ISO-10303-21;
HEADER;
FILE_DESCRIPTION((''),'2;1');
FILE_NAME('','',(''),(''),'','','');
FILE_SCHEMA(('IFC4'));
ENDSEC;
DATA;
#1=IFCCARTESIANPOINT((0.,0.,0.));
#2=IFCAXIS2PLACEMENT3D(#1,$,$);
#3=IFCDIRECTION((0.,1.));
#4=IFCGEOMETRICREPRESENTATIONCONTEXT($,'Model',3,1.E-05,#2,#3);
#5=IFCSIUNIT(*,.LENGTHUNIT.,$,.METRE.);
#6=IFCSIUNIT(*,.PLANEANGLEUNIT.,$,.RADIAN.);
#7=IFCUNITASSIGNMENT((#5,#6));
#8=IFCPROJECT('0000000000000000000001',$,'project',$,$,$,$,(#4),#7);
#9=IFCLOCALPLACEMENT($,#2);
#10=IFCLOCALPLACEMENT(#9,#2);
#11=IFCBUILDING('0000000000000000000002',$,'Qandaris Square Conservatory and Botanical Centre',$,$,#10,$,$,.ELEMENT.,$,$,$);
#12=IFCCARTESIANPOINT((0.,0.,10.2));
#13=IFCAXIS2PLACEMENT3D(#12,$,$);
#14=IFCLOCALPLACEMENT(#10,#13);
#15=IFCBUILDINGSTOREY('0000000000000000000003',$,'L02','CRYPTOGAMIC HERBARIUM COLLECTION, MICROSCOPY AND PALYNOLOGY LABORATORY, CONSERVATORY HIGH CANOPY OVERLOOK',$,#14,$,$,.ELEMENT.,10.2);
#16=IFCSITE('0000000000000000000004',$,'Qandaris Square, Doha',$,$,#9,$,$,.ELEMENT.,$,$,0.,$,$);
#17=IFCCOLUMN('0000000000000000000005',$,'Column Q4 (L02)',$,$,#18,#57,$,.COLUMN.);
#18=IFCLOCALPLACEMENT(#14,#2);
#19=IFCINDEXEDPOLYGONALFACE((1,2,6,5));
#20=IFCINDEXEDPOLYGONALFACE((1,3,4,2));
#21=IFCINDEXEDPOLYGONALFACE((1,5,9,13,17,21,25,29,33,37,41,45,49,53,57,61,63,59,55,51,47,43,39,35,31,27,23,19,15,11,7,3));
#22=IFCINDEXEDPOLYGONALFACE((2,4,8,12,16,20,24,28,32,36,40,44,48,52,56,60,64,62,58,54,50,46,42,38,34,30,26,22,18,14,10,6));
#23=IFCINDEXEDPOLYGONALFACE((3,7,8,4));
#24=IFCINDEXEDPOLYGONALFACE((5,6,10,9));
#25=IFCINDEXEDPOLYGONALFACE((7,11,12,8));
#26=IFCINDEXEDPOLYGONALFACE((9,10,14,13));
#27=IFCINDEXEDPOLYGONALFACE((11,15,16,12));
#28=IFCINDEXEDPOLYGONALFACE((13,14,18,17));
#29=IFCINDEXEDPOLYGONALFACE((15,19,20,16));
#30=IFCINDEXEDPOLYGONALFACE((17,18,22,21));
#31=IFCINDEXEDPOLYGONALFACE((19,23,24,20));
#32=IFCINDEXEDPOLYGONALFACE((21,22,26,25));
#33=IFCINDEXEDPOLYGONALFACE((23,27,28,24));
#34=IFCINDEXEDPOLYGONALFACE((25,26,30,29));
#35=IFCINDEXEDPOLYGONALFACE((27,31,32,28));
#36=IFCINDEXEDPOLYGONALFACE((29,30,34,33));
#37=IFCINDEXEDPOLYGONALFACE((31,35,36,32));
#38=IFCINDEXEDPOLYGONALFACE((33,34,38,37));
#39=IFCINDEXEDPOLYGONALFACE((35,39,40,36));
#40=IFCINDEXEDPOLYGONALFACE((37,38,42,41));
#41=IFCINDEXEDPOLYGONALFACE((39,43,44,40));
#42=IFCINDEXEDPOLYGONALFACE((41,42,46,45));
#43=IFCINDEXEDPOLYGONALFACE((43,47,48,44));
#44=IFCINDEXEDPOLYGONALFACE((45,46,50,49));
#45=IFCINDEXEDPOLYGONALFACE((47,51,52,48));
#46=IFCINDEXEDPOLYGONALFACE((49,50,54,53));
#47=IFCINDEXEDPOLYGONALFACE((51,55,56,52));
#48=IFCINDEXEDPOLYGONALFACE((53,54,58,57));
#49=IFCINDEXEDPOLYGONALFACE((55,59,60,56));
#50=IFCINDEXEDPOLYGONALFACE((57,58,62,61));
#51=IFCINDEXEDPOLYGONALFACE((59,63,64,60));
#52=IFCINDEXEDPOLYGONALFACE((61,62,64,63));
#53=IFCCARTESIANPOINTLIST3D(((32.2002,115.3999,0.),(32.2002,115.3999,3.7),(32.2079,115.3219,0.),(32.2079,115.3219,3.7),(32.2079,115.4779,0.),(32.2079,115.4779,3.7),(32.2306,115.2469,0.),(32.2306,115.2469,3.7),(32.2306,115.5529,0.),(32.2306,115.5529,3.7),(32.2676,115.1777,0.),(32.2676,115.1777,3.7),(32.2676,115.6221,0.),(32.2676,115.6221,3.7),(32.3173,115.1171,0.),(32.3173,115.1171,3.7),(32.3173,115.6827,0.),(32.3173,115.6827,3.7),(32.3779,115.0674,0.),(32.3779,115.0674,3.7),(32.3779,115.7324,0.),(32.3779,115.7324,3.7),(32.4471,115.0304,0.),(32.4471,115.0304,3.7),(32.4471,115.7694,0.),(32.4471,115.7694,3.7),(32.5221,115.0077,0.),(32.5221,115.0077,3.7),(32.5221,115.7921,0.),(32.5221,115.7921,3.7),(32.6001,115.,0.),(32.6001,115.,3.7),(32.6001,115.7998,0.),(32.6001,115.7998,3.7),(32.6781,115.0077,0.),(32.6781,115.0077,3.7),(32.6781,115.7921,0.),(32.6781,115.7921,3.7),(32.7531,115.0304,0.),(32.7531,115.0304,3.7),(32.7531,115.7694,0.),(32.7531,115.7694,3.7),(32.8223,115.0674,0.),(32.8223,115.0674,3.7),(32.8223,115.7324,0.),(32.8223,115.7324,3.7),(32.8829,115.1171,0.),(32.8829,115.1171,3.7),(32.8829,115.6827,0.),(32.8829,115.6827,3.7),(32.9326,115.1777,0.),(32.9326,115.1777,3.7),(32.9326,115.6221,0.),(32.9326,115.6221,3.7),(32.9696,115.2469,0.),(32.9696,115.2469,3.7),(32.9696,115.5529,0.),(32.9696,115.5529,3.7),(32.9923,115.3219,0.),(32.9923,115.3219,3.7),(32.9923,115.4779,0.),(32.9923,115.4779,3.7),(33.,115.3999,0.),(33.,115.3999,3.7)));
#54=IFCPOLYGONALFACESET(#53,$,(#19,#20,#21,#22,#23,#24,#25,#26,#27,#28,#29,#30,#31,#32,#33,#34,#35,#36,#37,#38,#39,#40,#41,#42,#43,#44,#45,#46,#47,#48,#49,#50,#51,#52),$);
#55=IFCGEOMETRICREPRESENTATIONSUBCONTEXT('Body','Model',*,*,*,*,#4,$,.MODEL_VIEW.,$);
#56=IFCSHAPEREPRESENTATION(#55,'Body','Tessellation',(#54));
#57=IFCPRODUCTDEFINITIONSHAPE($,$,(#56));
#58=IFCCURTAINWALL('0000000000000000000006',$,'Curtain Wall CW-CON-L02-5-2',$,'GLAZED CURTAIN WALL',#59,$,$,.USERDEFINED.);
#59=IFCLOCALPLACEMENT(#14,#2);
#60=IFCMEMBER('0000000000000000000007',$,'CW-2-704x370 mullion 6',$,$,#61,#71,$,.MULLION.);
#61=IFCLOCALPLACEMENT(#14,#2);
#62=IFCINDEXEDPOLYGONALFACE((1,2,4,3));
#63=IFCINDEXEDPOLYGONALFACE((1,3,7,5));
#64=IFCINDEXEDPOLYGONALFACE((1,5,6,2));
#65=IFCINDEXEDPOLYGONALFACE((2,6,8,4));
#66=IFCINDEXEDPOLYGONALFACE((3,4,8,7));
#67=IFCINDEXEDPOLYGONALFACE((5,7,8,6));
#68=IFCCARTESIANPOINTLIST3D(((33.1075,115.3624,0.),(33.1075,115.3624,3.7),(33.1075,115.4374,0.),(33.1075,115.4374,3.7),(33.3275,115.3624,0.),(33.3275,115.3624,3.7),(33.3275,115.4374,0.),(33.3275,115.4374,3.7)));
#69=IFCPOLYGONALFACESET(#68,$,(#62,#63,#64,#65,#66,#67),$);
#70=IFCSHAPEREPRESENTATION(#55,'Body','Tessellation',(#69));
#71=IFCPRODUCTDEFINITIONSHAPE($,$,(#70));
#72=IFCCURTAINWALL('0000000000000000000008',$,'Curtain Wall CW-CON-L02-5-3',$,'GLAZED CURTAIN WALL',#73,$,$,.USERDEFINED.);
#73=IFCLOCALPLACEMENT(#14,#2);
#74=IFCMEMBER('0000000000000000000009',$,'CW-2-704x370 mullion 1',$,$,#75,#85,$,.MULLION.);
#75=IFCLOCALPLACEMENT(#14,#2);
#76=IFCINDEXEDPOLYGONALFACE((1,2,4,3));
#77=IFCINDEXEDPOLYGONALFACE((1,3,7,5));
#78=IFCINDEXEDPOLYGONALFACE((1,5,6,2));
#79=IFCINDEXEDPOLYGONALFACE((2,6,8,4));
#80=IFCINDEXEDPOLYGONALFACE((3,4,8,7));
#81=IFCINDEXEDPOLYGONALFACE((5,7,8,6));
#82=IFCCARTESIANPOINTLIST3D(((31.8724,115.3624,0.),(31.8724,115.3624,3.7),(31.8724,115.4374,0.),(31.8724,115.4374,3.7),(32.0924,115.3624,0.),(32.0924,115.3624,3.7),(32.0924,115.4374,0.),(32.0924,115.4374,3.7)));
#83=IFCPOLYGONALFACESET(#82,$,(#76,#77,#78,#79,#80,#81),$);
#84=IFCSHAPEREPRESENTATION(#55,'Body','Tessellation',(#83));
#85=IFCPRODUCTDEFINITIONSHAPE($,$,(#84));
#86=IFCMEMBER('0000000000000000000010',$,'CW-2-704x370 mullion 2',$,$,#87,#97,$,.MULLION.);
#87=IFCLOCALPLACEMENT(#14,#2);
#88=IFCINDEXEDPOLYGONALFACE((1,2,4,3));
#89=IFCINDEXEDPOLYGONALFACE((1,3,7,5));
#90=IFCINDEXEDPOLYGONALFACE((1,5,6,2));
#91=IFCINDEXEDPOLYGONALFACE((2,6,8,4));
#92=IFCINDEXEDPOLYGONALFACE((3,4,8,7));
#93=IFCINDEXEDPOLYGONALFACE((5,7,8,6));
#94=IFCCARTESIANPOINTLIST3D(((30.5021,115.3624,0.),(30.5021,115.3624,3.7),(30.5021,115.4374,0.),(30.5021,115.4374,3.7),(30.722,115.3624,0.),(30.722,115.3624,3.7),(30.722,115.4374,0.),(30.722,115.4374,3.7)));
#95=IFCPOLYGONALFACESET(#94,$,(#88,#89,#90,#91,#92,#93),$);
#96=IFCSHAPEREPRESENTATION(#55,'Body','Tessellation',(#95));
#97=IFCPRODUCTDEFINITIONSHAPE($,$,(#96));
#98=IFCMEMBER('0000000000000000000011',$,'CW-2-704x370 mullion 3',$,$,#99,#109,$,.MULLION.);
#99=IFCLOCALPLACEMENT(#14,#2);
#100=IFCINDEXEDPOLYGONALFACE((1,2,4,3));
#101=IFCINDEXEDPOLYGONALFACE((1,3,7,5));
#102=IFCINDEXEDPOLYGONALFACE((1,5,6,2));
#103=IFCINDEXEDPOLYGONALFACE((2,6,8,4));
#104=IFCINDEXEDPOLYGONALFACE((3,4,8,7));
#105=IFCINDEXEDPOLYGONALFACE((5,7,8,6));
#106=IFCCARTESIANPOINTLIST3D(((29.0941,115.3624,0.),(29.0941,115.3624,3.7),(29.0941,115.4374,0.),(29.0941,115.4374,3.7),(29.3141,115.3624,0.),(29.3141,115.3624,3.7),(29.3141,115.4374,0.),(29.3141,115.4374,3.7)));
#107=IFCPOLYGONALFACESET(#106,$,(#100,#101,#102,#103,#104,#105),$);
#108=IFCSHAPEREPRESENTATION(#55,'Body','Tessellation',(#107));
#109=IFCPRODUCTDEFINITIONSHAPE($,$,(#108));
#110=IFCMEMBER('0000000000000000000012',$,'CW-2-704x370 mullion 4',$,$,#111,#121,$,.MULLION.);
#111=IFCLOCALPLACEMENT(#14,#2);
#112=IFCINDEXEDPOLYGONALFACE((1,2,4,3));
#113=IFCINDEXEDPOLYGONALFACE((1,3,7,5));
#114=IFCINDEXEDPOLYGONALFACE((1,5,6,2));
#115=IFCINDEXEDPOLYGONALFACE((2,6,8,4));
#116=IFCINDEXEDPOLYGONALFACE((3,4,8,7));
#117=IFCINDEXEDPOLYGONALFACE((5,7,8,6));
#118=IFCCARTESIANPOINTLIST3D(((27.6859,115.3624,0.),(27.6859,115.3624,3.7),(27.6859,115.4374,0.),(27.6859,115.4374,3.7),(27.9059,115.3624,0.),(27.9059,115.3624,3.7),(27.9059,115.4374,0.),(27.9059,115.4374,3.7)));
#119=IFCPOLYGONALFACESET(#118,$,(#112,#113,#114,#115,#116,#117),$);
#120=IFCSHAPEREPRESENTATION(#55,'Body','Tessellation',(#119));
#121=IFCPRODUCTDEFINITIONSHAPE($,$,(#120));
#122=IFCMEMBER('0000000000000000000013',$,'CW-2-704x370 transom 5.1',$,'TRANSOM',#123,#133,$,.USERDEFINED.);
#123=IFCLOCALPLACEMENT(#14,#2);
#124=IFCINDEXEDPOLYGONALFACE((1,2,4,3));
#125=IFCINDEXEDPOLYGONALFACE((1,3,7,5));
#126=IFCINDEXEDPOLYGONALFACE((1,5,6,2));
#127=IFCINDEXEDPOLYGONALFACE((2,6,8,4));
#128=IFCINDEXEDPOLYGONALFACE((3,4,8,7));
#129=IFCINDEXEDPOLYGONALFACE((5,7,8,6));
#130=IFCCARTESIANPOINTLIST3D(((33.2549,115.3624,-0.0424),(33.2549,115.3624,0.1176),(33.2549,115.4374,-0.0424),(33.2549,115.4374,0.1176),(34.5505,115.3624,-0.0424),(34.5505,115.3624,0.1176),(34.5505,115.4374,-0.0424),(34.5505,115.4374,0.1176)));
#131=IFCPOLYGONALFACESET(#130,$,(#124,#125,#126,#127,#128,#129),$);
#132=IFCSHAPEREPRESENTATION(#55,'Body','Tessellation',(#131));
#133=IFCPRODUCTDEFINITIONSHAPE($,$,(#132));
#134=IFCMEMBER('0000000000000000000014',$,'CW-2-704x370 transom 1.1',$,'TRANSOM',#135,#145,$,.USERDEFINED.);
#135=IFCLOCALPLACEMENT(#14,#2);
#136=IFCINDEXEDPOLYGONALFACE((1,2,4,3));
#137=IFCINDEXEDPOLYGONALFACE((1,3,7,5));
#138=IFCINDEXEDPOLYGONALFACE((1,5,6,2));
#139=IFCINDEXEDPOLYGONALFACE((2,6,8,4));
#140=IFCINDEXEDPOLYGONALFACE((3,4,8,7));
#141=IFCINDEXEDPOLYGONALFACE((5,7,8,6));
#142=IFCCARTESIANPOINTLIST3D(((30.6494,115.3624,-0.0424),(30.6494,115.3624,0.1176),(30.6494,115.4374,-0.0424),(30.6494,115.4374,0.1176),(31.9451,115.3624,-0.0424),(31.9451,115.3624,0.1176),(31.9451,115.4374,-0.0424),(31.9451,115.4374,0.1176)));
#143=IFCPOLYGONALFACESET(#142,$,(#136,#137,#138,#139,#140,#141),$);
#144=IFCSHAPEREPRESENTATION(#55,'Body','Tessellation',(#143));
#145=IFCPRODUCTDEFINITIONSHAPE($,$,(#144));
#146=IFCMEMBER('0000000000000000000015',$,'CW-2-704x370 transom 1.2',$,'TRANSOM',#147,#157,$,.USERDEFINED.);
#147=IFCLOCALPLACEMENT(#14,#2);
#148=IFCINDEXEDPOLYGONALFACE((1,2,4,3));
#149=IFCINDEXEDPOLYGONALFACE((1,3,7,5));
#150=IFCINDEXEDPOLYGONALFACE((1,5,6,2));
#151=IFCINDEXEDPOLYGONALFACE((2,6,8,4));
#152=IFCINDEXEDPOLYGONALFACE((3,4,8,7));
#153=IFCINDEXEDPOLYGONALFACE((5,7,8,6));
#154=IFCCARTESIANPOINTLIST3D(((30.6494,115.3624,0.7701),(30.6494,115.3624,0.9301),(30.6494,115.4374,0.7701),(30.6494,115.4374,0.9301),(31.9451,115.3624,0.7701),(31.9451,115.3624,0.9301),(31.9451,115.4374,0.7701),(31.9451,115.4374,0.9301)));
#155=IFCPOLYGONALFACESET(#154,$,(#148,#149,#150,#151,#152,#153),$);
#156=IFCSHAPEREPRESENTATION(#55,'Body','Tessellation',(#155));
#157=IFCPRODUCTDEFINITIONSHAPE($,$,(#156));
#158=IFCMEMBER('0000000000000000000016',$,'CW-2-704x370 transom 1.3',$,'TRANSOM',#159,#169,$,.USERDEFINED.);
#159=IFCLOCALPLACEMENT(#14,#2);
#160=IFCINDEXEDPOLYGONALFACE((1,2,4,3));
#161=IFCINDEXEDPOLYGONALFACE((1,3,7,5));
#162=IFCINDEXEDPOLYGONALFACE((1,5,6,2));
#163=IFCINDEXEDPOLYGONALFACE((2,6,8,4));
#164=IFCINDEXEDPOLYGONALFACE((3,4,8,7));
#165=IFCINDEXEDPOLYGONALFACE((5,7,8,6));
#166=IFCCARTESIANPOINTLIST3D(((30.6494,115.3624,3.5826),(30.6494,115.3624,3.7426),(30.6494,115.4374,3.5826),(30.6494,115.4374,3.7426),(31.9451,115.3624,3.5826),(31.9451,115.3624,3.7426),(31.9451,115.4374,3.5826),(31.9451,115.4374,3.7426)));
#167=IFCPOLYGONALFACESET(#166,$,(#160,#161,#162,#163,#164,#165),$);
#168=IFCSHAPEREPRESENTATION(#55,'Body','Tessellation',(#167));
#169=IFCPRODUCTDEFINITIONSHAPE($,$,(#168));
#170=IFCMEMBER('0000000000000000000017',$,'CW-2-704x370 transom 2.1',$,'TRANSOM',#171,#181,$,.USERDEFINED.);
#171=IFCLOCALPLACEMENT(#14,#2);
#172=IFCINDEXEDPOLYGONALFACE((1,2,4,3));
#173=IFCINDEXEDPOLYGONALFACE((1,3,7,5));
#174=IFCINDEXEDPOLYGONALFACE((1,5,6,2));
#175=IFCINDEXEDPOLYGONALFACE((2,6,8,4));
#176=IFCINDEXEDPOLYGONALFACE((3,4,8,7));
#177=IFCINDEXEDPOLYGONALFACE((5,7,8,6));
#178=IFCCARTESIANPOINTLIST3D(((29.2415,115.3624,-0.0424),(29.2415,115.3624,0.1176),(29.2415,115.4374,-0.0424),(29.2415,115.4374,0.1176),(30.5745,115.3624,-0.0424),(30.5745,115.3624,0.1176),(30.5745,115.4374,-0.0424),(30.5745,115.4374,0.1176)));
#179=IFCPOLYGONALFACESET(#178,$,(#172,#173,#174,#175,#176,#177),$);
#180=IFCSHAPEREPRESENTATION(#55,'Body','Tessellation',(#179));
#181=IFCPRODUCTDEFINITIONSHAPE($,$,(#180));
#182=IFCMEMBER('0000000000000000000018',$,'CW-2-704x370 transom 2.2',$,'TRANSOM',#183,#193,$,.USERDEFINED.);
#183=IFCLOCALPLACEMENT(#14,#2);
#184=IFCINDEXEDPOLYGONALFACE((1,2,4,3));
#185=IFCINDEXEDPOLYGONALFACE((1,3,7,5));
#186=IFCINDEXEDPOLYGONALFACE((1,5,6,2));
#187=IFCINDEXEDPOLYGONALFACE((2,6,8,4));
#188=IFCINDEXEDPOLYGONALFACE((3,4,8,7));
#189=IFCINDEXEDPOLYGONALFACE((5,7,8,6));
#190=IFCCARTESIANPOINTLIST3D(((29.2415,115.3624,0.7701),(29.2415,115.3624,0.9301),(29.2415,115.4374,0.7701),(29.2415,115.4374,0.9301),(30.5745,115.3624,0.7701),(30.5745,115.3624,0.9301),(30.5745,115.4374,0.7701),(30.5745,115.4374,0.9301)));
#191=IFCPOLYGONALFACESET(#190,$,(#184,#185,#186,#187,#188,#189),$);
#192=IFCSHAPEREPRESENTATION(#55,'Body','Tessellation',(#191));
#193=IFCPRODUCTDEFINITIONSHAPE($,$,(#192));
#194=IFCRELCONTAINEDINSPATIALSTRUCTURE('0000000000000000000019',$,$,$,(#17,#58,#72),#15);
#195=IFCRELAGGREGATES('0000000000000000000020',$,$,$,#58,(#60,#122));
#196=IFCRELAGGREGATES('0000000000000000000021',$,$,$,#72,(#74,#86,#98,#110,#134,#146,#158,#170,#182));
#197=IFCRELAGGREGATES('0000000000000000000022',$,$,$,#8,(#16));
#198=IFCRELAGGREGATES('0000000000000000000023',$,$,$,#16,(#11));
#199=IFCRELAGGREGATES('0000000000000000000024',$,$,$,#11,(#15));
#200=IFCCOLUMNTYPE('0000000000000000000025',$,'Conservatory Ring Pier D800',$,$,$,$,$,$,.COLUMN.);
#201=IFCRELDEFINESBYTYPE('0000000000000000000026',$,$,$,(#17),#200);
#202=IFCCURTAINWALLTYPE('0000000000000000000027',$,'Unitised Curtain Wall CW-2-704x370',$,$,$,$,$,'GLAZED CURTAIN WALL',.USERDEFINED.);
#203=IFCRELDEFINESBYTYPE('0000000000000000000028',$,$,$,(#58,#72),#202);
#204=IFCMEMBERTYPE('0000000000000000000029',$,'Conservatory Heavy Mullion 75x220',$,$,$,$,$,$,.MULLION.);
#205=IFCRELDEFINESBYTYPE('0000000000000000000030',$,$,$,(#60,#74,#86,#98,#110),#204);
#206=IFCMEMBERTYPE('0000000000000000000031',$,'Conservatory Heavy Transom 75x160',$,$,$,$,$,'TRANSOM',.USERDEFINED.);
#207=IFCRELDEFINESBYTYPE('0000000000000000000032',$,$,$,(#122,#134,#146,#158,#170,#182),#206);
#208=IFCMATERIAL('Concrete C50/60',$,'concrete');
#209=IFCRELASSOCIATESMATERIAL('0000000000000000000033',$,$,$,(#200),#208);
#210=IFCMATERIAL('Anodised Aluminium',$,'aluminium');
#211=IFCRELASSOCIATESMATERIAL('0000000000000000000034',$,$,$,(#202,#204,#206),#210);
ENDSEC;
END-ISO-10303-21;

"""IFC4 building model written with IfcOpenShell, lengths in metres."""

from ifc_helpers import new_model, si_unit, direction, frame, origin, origin_2d, place, context, subcontext, project, spatial, rectangle, circle, extrude, material, material_profile, profile_set, type_object, element, aggregate, save


model = new_model("IFC4")

# Units and contexts
model_context = context("Model", 3, precision=1e-05, world=origin(), true_north=direction((0.0, 1.0)))
body_context = subcontext(model_context, "Body", "Model", "MODEL_VIEW")
ifc_project = project(units=[si_unit("LENGTHUNIT", "METRE"), si_unit("PLANEANGLEUNIT", "RADIAN")], contexts=[model_context])

# Site, building, storey
site_placement = place(None, origin())
site = spatial("IfcSite", under=ifc_project, at=site_placement, Name="Qandaris Square, Doha", CompositionType="ELEMENT", RefElevation=0.0)
building_placement = place(site_placement, origin())
building = spatial("IfcBuilding", under=site, at=building_placement, Name="Qandaris Square Conservatory and Botanical Centre", CompositionType="ELEMENT")
storey_placement = place(building_placement, frame((0.0, 0.0, 10.2)))
storey = spatial("IfcBuildingStorey", under=building, at=storey_placement, Name="L02", Description="CRYPTOGAMIC HERBARIUM COLLECTION, MICROSCOPY AND PALYNOLOGY LABORATORY, CONSERVATORY HIGH CANOPY OVERLOOK", CompositionType="ELEMENT", Elevation=10.2)

# Column
ifc_material_1 = material(Name="Concrete C50/60", Category="concrete")
ifc_material_profile_1 = material_profile(ifc_material_1, circle(Radius=0.3999, at=origin_2d()), Name="RC-COL D800")
ifc_profile_set_1 = profile_set([ifc_material_profile_1], Name="Concrete C50/60")
column_type = type_object("IfcColumnType", Name="Conservatory Ring Pier D800", PredefinedType="COLUMN", material=ifc_profile_set_1)
column_placement = place(storey_placement, frame((32.6001, 115.3999, 0.0), z_axis=(0.0, 0.0, 1.0), x_axis=(1.0, 0.0, 0.0)))
element("IfcColumn", 1, at=column_placement, inside=storey, type_object=column_type, Name="Column Q4 (L02)", PredefinedType="COLUMN", context=body_context, shape_type="SweptSolid", body=[
    extrude(circle(Radius=0.3999, at=origin_2d()), origin(), (0.0, 0.0, 1.0), 3.7),
])

# Curtain wall, member
ifc_material_2 = material(Name="Anodised Aluminium", Category="aluminium")
curtain_wall_type = type_object("IfcCurtainWallType", Name="Unitised Curtain Wall CW-2-704x370", ElementType="GLAZED CURTAIN WALL", PredefinedType="USERDEFINED", material=ifc_material_2)
curtain_wall_1_placement = place(storey_placement, origin())
curtain_wall_1 = element("IfcCurtainWall", 2, at=curtain_wall_1_placement, inside=storey, type_object=curtain_wall_type, Name="Curtain Wall CW-CON-L02-5-2", ObjectType="GLAZED CURTAIN WALL", PredefinedType="USERDEFINED")
ifc_material_profile_2 = material_profile(ifc_material_2, rectangle(XDim=0.075, YDim=0.22, at=origin_2d()), Name="ALU-MUL 75x220")
ifc_profile_set_2 = profile_set([ifc_material_profile_2], Name="Anodised Aluminium")
member_type_1 = type_object("IfcMemberType", Name="Conservatory Heavy Mullion 75x220", PredefinedType="MULLION", material=ifc_profile_set_2)
member_1_placement = place(storey_placement, frame((33.2175, 115.3999, 0.0), z_axis=(0.0, 0.0, 1.0), x_axis=(0.0, -1.0, 0.0)))
member_1 = element("IfcMember", 3, at=member_1_placement, type_object=member_type_1, Name="CW-2-704x370 mullion 6", PredefinedType="MULLION", context=body_context, shape_type="SweptSolid", body=[
    extrude(rectangle(XDim=0.075, YDim=0.22, at=origin_2d()), origin(), (0.0, 0.0, 1.0), 3.7),
])

# Curtain wall, members
curtain_wall_2_placement = place(storey_placement, origin())
curtain_wall_2 = element("IfcCurtainWall", 4, at=curtain_wall_2_placement, inside=storey, type_object=curtain_wall_type, Name="Curtain Wall CW-CON-L02-5-3", ObjectType="GLAZED CURTAIN WALL", PredefinedType="USERDEFINED")
member_2_placement = place(storey_placement, frame((31.9824, 115.3999, 0.0), z_axis=(0.0, 0.0, 1.0), x_axis=(0.0, -1.0, 0.0)))
member_2 = element("IfcMember", 5, at=member_2_placement, type_object=member_type_1, Name="CW-2-704x370 mullion 1", PredefinedType="MULLION", context=body_context, shape_type="SweptSolid", body=[
    extrude(rectangle(XDim=0.075, YDim=0.22, at=origin_2d()), origin(), (0.0, 0.0, 1.0), 3.7),
])
member_3_placement = place(storey_placement, frame((30.6121, 115.3999, 0.0), z_axis=(0.0, 0.0, 1.0), x_axis=(0.0, -1.0, 0.0)))
member_3 = element("IfcMember", 6, at=member_3_placement, type_object=member_type_1, Name="CW-2-704x370 mullion 2", PredefinedType="MULLION", context=body_context, shape_type="SweptSolid", body=[
    extrude(rectangle(XDim=0.075, YDim=0.22, at=origin_2d()), origin(), (0.0, 0.0, 1.0), 3.7),
])
member_4_placement = place(storey_placement, frame((29.2041, 115.3999, 0.0), z_axis=(0.0, 0.0, 1.0), x_axis=(0.0, -1.0, 0.0)))
member_4 = element("IfcMember", 7, at=member_4_placement, type_object=member_type_1, Name="CW-2-704x370 mullion 3", PredefinedType="MULLION", context=body_context, shape_type="SweptSolid", body=[
    extrude(rectangle(XDim=0.075, YDim=0.22, at=origin_2d()), origin(), (0.0, 0.0, 1.0), 3.7),
])
member_5_placement = place(storey_placement, frame((27.7959, 115.3999, 0.0), z_axis=(0.0, 0.0, 1.0), x_axis=(0.0, -1.0, 0.0)))
member_5 = element("IfcMember", 8, at=member_5_placement, type_object=member_type_1, Name="CW-2-704x370 mullion 4", PredefinedType="MULLION", context=body_context, shape_type="SweptSolid", body=[
    extrude(rectangle(XDim=0.075, YDim=0.22, at=origin_2d()), origin(), (0.0, 0.0, 1.0), 3.7),
])

# Members
ifc_material_profile_3 = material_profile(ifc_material_2, rectangle(XDim=0.075, YDim=0.1599, at=origin_2d()), Name="ALU-TRN 75x160")
ifc_profile_set_3 = profile_set([ifc_material_profile_3], Name="Anodised Aluminium")
member_type_2 = type_object("IfcMemberType", Name="Conservatory Heavy Transom 75x160", ElementType="TRANSOM", PredefinedType="USERDEFINED", material=ifc_profile_set_3)
member_6_placement = place(storey_placement, frame((34.5505, 115.3999, 0.0376), z_axis=(-1.0, 0.0, 0.0), x_axis=(0.0, -1.0, 0.0)))
member_6 = element("IfcMember", 9, at=member_6_placement, type_object=member_type_2, Name="CW-2-704x370 transom 5.1", ObjectType="TRANSOM", PredefinedType="USERDEFINED", context=body_context, shape_type="SweptSolid", body=[
    extrude(rectangle(XDim=0.075, YDim=0.1599, at=origin_2d()), origin(), (0.0, 0.0, 1.0), 1.2957),
])
member_7_placement = place(storey_placement, frame((31.9451, 115.3999, 0.0376), z_axis=(-1.0, 0.0, 0.0), x_axis=(0.0, -1.0, 0.0)))
member_7 = element("IfcMember", 10, at=member_7_placement, type_object=member_type_2, Name="CW-2-704x370 transom 1.1", ObjectType="TRANSOM", PredefinedType="USERDEFINED", context=body_context, shape_type="SweptSolid", body=[
    extrude(rectangle(XDim=0.075, YDim=0.1599, at=origin_2d()), origin(), (0.0, 0.0, 1.0), 1.2957),
])
member_8_placement = place(storey_placement, frame((31.9451, 115.3999, 0.8501), z_axis=(-1.0, 0.0, 0.0), x_axis=(0.0, -1.0, 0.0)))
member_8 = element("IfcMember", 11, at=member_8_placement, type_object=member_type_2, Name="CW-2-704x370 transom 1.2", ObjectType="TRANSOM", PredefinedType="USERDEFINED", context=body_context, shape_type="SweptSolid", body=[
    extrude(rectangle(XDim=0.075, YDim=0.1599, at=origin_2d()), origin(), (0.0, 0.0, 1.0), 1.2957),
])
member_9_placement = place(storey_placement, frame((31.9451, 115.3999, 3.6626), z_axis=(-1.0, 0.0, 0.0), x_axis=(0.0, -1.0, 0.0)))
member_9 = element("IfcMember", 12, at=member_9_placement, type_object=member_type_2, Name="CW-2-704x370 transom 1.3", ObjectType="TRANSOM", PredefinedType="USERDEFINED", context=body_context, shape_type="SweptSolid", body=[
    extrude(rectangle(XDim=0.075, YDim=0.1599, at=origin_2d()), origin(), (0.0, 0.0, 1.0), 1.2957),
])
member_10_placement = place(storey_placement, frame((30.5745, 115.3999, 0.0376), z_axis=(-1.0, 0.0, 0.0), x_axis=(0.0, -1.0, 0.0)))
member_10 = element("IfcMember", 13, at=member_10_placement, type_object=member_type_2, Name="CW-2-704x370 transom 2.1", ObjectType="TRANSOM", PredefinedType="USERDEFINED", context=body_context, shape_type="SweptSolid", body=[
    extrude(rectangle(XDim=0.075, YDim=0.1599, at=origin_2d()), origin(), (0.0, 0.0, 1.0), 1.333),
])
member_11_placement = place(storey_placement, frame((30.5745, 115.3999, 0.8501), z_axis=(-1.0, 0.0, 0.0), x_axis=(0.0, -1.0, 0.0)))
member_11 = element("IfcMember", 14, at=member_11_placement, type_object=member_type_2, Name="CW-2-704x370 transom 2.2", ObjectType="TRANSOM", PredefinedType="USERDEFINED", context=body_context, shape_type="SweptSolid", body=[
    extrude(rectangle(XDim=0.075, YDim=0.1599, at=origin_2d()), origin(), (0.0, 0.0, 1.0), 1.333),
])

aggregate(curtain_wall_1, [member_1, member_6])
aggregate(curtain_wall_2, [member_2, member_3, member_4, member_5, member_7, member_8, member_9, member_10, member_11])

save(model, "model.ifc")
